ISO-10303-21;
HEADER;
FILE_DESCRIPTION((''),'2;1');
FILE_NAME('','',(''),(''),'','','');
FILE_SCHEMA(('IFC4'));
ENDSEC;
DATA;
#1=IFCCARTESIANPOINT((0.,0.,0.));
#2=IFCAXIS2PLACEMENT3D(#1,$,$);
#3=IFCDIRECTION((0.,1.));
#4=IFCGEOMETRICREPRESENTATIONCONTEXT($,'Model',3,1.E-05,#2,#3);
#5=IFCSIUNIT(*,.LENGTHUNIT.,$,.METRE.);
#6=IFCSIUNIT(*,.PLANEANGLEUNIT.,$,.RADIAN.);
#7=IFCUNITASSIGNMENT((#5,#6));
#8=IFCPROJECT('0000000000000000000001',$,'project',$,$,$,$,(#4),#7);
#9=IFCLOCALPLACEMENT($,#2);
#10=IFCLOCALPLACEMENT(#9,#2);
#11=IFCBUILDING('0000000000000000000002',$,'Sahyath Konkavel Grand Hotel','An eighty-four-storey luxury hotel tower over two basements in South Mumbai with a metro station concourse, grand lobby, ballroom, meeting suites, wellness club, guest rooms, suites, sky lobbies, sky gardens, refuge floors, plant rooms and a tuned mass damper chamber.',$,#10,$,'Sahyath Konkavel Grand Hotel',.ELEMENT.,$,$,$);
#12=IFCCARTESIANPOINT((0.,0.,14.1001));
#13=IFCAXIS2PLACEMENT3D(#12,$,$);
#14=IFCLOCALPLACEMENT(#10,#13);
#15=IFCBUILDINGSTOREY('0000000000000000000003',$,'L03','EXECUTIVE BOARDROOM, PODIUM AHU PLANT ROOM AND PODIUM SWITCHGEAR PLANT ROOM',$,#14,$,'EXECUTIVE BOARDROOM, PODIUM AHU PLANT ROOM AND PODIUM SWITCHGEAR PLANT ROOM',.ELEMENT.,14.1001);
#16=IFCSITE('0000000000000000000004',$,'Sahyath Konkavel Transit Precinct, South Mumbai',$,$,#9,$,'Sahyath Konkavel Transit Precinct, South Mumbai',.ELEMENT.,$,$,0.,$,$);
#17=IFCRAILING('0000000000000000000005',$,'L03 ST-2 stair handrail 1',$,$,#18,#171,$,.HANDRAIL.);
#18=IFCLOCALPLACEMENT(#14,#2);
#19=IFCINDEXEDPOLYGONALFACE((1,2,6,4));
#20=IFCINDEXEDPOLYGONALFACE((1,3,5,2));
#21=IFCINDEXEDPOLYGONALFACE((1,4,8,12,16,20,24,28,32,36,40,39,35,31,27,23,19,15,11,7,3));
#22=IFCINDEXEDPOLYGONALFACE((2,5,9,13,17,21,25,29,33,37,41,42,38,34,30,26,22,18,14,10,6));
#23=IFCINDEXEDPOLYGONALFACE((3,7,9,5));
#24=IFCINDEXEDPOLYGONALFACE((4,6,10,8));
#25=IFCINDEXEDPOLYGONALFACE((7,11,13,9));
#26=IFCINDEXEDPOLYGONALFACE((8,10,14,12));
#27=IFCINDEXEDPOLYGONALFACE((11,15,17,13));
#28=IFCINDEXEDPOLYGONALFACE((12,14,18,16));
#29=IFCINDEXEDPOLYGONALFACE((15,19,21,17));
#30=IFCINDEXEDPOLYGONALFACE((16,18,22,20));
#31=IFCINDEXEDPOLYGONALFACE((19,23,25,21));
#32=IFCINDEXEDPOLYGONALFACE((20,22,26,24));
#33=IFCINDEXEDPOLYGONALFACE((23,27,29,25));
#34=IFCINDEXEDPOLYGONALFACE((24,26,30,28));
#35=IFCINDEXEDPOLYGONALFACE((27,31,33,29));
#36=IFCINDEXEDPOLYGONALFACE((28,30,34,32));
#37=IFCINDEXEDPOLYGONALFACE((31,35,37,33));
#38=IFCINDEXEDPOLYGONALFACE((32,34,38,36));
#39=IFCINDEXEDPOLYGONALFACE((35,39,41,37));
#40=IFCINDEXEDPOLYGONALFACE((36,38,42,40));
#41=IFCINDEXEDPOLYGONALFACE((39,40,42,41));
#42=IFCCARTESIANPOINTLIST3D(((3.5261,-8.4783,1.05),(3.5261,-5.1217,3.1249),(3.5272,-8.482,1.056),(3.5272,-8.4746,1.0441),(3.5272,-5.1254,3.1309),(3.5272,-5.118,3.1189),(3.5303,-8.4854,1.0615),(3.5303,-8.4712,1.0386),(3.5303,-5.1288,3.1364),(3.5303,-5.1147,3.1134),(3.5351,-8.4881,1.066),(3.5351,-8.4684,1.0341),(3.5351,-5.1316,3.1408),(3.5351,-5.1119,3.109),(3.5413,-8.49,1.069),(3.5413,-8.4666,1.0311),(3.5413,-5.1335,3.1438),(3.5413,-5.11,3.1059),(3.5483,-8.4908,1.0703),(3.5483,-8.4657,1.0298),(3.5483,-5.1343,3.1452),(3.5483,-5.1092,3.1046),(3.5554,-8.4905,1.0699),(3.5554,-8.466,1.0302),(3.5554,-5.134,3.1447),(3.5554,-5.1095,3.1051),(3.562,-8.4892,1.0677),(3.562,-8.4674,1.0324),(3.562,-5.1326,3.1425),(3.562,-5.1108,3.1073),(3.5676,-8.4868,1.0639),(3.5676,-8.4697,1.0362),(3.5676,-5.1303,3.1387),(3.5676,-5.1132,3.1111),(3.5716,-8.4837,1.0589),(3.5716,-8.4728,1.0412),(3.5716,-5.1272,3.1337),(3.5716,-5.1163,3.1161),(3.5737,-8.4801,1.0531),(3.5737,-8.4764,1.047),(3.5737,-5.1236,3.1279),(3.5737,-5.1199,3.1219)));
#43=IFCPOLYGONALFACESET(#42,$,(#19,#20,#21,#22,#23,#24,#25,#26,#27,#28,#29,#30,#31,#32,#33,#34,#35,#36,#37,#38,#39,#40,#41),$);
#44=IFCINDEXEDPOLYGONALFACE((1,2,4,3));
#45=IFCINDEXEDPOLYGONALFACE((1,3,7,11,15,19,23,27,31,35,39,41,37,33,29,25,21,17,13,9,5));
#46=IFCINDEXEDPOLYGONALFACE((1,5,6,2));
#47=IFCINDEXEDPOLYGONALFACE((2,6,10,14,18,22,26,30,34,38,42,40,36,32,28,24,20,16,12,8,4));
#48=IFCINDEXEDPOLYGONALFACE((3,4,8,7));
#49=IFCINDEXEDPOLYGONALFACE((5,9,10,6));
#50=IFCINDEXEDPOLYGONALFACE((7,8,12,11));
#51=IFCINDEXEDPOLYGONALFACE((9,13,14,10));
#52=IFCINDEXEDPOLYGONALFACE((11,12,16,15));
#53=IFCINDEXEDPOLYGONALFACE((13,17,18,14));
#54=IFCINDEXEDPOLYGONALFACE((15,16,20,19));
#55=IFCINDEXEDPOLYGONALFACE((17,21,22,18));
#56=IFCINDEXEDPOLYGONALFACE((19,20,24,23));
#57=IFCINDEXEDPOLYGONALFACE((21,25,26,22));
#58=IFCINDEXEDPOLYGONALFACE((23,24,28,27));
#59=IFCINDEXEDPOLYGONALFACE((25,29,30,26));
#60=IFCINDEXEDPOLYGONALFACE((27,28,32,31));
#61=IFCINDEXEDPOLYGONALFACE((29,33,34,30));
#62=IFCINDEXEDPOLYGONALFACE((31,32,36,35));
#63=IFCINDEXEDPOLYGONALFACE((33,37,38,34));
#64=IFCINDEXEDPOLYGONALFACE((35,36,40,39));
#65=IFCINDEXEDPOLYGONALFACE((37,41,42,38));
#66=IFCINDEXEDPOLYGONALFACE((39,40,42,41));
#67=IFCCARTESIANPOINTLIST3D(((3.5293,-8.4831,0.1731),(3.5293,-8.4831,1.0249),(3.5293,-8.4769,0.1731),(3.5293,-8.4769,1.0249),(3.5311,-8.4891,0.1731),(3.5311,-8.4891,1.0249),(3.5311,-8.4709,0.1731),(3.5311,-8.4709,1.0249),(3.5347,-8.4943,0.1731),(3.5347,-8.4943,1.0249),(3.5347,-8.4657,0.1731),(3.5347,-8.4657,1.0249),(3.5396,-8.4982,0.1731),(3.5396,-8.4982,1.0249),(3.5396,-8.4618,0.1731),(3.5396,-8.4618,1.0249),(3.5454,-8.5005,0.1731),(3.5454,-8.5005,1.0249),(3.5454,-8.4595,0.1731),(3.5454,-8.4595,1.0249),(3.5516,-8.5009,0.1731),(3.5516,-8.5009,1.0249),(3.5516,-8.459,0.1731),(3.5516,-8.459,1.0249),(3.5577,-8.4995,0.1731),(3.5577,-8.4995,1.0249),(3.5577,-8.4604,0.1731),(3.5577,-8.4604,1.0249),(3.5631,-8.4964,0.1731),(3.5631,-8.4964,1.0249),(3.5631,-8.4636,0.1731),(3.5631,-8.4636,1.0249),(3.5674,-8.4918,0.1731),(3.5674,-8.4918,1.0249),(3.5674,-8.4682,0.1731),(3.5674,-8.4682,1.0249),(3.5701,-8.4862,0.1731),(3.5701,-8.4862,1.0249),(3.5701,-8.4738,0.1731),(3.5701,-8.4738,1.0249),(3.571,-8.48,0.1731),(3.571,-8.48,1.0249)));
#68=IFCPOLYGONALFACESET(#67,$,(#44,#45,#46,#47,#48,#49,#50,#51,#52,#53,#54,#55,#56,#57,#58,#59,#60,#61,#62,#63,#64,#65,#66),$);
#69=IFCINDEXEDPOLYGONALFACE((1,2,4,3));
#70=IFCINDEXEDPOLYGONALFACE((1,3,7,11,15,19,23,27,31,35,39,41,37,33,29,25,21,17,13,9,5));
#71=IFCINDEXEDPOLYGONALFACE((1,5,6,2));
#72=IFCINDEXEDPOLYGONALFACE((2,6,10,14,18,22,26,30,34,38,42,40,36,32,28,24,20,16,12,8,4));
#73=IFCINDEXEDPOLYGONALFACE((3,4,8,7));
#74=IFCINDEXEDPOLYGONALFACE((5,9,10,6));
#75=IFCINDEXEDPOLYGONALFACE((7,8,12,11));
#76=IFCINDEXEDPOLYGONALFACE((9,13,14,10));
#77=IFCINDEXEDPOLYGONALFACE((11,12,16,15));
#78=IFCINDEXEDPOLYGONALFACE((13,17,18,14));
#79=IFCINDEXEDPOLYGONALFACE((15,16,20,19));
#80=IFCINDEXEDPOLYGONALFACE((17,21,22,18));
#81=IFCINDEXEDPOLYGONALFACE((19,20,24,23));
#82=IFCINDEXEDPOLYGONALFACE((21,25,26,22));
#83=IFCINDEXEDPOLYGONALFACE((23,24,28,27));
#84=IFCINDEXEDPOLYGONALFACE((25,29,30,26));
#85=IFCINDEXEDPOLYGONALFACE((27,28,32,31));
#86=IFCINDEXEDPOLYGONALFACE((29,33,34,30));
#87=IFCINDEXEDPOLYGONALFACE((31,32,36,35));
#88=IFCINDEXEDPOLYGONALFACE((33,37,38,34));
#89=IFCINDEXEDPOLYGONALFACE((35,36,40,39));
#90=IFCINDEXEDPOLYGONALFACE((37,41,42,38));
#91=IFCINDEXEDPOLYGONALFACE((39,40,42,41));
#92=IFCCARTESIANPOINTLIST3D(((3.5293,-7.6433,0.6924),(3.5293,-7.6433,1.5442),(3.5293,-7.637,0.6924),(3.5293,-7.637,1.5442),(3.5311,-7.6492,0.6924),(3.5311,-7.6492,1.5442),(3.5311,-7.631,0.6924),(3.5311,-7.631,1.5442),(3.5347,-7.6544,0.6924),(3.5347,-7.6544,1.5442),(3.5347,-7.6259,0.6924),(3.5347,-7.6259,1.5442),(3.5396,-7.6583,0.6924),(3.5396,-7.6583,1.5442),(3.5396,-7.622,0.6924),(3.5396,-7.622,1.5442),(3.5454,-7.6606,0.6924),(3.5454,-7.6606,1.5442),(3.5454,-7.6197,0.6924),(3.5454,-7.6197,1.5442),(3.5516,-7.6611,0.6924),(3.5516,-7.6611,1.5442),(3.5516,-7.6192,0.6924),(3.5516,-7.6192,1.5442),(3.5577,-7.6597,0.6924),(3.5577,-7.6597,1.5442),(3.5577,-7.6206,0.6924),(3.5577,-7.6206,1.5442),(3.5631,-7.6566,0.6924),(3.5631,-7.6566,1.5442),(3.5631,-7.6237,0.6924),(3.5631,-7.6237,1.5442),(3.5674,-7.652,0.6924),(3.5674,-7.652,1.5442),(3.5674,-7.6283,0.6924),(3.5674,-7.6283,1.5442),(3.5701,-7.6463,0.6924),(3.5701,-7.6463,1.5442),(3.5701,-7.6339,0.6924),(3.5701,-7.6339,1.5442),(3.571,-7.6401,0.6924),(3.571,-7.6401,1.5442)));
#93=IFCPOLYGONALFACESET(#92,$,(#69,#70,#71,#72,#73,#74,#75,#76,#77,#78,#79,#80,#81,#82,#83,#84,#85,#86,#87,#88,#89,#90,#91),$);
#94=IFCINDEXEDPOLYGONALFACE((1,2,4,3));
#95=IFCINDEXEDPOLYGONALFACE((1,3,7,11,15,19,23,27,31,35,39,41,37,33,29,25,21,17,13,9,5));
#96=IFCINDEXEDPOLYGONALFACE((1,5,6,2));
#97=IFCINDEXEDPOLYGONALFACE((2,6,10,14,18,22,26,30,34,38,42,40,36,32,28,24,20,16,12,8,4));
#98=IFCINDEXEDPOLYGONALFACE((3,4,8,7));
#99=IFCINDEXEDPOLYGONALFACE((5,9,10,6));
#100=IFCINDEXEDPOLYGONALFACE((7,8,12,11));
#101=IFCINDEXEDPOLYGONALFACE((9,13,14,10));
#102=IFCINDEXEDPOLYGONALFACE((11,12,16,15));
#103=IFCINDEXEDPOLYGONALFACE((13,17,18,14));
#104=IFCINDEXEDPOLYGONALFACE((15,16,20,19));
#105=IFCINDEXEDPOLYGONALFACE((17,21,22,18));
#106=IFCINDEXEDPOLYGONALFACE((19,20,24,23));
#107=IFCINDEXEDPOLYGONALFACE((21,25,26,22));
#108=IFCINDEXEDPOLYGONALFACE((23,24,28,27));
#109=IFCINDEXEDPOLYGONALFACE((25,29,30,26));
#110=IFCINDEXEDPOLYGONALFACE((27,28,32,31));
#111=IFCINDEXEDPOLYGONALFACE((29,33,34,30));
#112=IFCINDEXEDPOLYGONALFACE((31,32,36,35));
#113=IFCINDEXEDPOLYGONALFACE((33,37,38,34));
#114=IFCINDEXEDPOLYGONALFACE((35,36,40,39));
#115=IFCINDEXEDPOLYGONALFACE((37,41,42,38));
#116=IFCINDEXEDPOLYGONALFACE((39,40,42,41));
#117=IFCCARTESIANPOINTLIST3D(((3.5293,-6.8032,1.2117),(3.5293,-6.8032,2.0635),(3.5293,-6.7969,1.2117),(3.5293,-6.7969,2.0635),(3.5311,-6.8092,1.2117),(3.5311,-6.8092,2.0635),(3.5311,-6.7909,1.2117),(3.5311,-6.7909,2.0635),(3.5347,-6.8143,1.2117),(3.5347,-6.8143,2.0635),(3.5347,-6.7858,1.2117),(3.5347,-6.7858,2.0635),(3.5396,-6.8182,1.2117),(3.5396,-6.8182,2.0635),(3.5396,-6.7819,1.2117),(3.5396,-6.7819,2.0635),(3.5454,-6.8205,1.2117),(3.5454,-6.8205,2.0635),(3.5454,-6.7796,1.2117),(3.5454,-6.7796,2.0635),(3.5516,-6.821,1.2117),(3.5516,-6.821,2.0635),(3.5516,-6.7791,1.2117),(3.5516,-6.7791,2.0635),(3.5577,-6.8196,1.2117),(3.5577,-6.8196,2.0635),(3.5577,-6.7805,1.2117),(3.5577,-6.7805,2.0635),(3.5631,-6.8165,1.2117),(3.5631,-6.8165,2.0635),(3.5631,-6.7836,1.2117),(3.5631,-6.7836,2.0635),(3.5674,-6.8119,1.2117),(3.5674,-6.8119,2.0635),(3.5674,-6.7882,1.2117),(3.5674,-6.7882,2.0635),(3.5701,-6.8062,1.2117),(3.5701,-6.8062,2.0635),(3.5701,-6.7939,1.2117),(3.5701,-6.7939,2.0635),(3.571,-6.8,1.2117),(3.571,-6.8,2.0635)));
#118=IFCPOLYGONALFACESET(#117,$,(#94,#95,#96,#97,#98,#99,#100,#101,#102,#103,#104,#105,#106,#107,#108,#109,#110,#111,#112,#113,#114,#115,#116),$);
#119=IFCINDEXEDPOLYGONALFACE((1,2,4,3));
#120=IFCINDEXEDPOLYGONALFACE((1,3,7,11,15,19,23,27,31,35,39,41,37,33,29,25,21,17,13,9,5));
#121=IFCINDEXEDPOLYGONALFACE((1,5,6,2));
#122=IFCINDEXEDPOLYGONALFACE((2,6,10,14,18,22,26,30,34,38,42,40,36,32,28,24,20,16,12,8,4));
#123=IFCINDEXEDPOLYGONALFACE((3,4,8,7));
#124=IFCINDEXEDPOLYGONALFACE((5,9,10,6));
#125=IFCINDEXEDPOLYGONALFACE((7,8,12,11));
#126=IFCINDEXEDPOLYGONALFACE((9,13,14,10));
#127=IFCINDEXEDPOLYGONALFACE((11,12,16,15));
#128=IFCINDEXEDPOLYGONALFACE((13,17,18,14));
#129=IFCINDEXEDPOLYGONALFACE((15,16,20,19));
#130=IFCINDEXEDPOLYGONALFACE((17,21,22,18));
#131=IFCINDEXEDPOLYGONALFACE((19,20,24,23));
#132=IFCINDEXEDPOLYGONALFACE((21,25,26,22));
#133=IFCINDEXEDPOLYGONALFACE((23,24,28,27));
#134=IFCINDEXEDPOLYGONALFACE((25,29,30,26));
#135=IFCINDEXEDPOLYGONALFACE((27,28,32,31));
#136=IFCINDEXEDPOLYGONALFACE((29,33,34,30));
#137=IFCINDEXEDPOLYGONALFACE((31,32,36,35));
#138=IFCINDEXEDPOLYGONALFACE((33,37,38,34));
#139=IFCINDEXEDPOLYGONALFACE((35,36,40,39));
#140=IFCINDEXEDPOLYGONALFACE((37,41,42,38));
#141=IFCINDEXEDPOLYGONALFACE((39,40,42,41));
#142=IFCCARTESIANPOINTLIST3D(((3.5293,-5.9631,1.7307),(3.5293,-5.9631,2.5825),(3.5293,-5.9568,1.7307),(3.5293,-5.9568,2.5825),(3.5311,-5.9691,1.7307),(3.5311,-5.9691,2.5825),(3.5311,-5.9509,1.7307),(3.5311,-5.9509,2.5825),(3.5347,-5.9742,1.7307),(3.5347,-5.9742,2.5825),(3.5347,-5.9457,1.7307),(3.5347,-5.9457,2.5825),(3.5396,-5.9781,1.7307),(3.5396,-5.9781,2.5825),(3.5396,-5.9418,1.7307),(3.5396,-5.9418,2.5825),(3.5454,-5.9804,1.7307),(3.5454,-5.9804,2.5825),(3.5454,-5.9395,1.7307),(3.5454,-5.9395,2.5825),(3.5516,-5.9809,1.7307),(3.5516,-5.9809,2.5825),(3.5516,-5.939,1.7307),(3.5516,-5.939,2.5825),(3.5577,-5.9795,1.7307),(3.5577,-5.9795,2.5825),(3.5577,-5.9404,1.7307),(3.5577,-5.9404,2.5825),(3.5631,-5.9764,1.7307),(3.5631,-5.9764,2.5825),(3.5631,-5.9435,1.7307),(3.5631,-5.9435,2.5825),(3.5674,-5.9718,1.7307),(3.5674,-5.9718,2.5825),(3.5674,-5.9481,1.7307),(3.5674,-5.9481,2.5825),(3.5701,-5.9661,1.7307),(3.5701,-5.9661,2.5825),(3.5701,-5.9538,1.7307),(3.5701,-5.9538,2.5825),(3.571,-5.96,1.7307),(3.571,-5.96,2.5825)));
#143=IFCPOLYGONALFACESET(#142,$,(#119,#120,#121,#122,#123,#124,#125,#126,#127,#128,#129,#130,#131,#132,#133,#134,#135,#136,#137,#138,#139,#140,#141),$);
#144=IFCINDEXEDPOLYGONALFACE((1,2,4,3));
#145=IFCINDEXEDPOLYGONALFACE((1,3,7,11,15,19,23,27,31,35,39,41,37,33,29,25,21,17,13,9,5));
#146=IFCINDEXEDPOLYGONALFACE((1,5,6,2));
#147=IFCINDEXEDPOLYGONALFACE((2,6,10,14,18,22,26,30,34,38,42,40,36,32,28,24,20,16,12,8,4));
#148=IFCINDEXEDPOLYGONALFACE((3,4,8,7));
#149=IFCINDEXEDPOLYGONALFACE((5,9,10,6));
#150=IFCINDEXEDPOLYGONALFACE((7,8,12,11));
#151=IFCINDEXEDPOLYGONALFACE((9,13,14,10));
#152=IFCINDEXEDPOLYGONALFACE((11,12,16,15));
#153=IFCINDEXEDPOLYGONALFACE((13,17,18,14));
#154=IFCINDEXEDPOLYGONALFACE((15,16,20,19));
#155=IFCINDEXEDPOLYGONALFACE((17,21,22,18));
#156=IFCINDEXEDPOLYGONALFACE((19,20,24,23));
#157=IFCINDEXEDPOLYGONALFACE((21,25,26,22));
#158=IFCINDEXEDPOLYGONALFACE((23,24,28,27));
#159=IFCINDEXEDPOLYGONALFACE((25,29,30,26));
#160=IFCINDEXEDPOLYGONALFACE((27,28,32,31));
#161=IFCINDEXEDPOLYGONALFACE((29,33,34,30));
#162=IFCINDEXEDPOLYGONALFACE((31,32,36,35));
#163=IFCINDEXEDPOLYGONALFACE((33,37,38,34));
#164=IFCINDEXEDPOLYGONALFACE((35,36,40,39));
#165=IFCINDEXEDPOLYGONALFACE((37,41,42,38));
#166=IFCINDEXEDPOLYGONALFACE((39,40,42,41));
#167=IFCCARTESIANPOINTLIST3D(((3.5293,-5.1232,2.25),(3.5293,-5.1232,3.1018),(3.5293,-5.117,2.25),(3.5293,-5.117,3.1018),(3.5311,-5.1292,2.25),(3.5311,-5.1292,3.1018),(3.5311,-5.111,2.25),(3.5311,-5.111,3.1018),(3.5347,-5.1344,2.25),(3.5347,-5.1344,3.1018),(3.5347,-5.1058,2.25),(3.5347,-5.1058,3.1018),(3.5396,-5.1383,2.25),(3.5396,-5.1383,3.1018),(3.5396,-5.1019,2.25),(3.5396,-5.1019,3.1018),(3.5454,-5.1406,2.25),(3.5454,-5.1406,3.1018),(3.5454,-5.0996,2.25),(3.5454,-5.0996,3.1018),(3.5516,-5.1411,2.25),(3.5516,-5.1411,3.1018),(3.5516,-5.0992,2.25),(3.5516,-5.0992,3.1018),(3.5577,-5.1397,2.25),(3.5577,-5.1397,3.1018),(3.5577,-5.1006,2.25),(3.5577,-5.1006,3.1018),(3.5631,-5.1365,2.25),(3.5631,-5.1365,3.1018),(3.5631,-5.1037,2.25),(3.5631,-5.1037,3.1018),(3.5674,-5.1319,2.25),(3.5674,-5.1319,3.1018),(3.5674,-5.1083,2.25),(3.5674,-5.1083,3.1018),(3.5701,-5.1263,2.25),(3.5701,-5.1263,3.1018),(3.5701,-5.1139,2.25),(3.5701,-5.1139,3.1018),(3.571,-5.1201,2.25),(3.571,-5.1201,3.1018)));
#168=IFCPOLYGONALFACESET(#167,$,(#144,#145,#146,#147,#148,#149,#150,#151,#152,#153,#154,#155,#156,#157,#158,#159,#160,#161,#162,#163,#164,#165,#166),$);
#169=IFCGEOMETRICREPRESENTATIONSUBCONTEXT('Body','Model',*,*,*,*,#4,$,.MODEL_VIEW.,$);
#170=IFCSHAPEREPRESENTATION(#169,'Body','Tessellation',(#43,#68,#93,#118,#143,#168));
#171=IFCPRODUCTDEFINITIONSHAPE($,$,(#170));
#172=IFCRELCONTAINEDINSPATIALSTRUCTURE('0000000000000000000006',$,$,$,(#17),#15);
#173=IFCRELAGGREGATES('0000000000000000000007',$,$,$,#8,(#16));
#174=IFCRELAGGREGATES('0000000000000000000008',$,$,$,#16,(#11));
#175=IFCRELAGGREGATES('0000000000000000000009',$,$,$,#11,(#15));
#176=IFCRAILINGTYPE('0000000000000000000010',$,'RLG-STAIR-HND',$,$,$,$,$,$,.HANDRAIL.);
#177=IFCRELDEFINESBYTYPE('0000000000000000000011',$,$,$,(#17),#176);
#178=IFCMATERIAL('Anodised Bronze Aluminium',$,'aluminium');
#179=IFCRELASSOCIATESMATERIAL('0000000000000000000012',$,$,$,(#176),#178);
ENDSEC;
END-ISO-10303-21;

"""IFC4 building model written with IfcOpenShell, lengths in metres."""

from ifc_helpers import new_model, si_unit, direction, frame, origin, origin_2d, place, context, subcontext, project, spatial, circle, extrude, material, type_object, element, save


model = new_model("IFC4")

# Units and contexts
model_context = context("Model", 3, precision=1e-05, world=origin(), true_north=direction((0.0, 1.0)))
body_context = subcontext(model_context, "Body", "Model", "MODEL_VIEW")
ifc_project = project(units=[si_unit("LENGTHUNIT", "METRE"), si_unit("PLANEANGLEUNIT", "RADIAN")], contexts=[model_context])

# Site, building, storey
site_placement = place(None, origin())
site = spatial("IfcSite", under=ifc_project, at=site_placement, Name="Sahyath Konkavel Transit Precinct, South Mumbai", LongName="Sahyath Konkavel Transit Precinct, South Mumbai", CompositionType="ELEMENT", RefElevation=0.0)
building_placement = place(site_placement, origin())
building = spatial("IfcBuilding", under=site, at=building_placement, Name="Sahyath Konkavel Grand Hotel", Description="An eighty-four-storey luxury hotel tower over two basements in South Mumbai with a metro station concourse, grand lobby, ballroom, meeting suites, wellness club, guest rooms, suites, sky lobbies, sky gardens, refuge floors, plant rooms and a tuned mass damper chamber.", LongName="Sahyath Konkavel Grand Hotel", CompositionType="ELEMENT")
storey_placement = place(building_placement, frame((0.0, 0.0, 14.1001)))
storey = spatial("IfcBuildingStorey", under=building, at=storey_placement, Name="L03", Description="EXECUTIVE BOARDROOM, PODIUM AHU PLANT ROOM AND PODIUM SWITCHGEAR PLANT ROOM", LongName="EXECUTIVE BOARDROOM, PODIUM AHU PLANT ROOM AND PODIUM SWITCHGEAR PLANT ROOM", CompositionType="ELEMENT", Elevation=14.1001)

# Railing
ifc_material_1 = material(Name="Anodised Bronze Aluminium", Category="aluminium")
railing_type_1 = type_object("IfcRailingType", Name="RLG-STAIR-HND", PredefinedType="HANDRAIL", material=ifc_material_1)
railing_1_placement = place(storey_placement, frame((3.55, -8.48, 0.1731)))
element("IfcRailing", 1, at=railing_1_placement, inside=storey, type_object=railing_type_1, Name="L03 ST-2 stair handrail 1", PredefinedType="HANDRAIL", context=body_context, shape_type="SweptSolid", body=[
    extrude(circle(Radius=0.0239, at=origin_2d()), frame((0.0, 0.0017, 0.877), z_axis=(0.0, 0.850606, 0.525803), x_axis=(-1.0, 0.0, 0.0)), (0.0, 0.0, 1.0), 3.946),
    extrude(circle(Radius=0.021, at=origin_2d()), origin(), (0.0, 0.0, 1.0), 0.8518),
    extrude(circle(Radius=0.021, at=origin_2d()), frame((0.0, 0.8398, 0.5193)), (0.0, 0.0, 1.0), 0.8518),
    extrude(circle(Radius=0.021, at=origin_2d()), frame((0.0, 1.6799, 1.0386)), (0.0, 0.0, 1.0), 0.8518),
    extrude(circle(Radius=0.021, at=origin_2d()), frame((0.0, 2.52, 1.5576)), (0.0, 0.0, 1.0), 0.8518),
    extrude(circle(Radius=0.021, at=origin_2d()), frame((0.0, 3.3599, 2.0769)), (0.0, 0.0, 1.0), 0.8518),
])

save(model, "model.ifc")
